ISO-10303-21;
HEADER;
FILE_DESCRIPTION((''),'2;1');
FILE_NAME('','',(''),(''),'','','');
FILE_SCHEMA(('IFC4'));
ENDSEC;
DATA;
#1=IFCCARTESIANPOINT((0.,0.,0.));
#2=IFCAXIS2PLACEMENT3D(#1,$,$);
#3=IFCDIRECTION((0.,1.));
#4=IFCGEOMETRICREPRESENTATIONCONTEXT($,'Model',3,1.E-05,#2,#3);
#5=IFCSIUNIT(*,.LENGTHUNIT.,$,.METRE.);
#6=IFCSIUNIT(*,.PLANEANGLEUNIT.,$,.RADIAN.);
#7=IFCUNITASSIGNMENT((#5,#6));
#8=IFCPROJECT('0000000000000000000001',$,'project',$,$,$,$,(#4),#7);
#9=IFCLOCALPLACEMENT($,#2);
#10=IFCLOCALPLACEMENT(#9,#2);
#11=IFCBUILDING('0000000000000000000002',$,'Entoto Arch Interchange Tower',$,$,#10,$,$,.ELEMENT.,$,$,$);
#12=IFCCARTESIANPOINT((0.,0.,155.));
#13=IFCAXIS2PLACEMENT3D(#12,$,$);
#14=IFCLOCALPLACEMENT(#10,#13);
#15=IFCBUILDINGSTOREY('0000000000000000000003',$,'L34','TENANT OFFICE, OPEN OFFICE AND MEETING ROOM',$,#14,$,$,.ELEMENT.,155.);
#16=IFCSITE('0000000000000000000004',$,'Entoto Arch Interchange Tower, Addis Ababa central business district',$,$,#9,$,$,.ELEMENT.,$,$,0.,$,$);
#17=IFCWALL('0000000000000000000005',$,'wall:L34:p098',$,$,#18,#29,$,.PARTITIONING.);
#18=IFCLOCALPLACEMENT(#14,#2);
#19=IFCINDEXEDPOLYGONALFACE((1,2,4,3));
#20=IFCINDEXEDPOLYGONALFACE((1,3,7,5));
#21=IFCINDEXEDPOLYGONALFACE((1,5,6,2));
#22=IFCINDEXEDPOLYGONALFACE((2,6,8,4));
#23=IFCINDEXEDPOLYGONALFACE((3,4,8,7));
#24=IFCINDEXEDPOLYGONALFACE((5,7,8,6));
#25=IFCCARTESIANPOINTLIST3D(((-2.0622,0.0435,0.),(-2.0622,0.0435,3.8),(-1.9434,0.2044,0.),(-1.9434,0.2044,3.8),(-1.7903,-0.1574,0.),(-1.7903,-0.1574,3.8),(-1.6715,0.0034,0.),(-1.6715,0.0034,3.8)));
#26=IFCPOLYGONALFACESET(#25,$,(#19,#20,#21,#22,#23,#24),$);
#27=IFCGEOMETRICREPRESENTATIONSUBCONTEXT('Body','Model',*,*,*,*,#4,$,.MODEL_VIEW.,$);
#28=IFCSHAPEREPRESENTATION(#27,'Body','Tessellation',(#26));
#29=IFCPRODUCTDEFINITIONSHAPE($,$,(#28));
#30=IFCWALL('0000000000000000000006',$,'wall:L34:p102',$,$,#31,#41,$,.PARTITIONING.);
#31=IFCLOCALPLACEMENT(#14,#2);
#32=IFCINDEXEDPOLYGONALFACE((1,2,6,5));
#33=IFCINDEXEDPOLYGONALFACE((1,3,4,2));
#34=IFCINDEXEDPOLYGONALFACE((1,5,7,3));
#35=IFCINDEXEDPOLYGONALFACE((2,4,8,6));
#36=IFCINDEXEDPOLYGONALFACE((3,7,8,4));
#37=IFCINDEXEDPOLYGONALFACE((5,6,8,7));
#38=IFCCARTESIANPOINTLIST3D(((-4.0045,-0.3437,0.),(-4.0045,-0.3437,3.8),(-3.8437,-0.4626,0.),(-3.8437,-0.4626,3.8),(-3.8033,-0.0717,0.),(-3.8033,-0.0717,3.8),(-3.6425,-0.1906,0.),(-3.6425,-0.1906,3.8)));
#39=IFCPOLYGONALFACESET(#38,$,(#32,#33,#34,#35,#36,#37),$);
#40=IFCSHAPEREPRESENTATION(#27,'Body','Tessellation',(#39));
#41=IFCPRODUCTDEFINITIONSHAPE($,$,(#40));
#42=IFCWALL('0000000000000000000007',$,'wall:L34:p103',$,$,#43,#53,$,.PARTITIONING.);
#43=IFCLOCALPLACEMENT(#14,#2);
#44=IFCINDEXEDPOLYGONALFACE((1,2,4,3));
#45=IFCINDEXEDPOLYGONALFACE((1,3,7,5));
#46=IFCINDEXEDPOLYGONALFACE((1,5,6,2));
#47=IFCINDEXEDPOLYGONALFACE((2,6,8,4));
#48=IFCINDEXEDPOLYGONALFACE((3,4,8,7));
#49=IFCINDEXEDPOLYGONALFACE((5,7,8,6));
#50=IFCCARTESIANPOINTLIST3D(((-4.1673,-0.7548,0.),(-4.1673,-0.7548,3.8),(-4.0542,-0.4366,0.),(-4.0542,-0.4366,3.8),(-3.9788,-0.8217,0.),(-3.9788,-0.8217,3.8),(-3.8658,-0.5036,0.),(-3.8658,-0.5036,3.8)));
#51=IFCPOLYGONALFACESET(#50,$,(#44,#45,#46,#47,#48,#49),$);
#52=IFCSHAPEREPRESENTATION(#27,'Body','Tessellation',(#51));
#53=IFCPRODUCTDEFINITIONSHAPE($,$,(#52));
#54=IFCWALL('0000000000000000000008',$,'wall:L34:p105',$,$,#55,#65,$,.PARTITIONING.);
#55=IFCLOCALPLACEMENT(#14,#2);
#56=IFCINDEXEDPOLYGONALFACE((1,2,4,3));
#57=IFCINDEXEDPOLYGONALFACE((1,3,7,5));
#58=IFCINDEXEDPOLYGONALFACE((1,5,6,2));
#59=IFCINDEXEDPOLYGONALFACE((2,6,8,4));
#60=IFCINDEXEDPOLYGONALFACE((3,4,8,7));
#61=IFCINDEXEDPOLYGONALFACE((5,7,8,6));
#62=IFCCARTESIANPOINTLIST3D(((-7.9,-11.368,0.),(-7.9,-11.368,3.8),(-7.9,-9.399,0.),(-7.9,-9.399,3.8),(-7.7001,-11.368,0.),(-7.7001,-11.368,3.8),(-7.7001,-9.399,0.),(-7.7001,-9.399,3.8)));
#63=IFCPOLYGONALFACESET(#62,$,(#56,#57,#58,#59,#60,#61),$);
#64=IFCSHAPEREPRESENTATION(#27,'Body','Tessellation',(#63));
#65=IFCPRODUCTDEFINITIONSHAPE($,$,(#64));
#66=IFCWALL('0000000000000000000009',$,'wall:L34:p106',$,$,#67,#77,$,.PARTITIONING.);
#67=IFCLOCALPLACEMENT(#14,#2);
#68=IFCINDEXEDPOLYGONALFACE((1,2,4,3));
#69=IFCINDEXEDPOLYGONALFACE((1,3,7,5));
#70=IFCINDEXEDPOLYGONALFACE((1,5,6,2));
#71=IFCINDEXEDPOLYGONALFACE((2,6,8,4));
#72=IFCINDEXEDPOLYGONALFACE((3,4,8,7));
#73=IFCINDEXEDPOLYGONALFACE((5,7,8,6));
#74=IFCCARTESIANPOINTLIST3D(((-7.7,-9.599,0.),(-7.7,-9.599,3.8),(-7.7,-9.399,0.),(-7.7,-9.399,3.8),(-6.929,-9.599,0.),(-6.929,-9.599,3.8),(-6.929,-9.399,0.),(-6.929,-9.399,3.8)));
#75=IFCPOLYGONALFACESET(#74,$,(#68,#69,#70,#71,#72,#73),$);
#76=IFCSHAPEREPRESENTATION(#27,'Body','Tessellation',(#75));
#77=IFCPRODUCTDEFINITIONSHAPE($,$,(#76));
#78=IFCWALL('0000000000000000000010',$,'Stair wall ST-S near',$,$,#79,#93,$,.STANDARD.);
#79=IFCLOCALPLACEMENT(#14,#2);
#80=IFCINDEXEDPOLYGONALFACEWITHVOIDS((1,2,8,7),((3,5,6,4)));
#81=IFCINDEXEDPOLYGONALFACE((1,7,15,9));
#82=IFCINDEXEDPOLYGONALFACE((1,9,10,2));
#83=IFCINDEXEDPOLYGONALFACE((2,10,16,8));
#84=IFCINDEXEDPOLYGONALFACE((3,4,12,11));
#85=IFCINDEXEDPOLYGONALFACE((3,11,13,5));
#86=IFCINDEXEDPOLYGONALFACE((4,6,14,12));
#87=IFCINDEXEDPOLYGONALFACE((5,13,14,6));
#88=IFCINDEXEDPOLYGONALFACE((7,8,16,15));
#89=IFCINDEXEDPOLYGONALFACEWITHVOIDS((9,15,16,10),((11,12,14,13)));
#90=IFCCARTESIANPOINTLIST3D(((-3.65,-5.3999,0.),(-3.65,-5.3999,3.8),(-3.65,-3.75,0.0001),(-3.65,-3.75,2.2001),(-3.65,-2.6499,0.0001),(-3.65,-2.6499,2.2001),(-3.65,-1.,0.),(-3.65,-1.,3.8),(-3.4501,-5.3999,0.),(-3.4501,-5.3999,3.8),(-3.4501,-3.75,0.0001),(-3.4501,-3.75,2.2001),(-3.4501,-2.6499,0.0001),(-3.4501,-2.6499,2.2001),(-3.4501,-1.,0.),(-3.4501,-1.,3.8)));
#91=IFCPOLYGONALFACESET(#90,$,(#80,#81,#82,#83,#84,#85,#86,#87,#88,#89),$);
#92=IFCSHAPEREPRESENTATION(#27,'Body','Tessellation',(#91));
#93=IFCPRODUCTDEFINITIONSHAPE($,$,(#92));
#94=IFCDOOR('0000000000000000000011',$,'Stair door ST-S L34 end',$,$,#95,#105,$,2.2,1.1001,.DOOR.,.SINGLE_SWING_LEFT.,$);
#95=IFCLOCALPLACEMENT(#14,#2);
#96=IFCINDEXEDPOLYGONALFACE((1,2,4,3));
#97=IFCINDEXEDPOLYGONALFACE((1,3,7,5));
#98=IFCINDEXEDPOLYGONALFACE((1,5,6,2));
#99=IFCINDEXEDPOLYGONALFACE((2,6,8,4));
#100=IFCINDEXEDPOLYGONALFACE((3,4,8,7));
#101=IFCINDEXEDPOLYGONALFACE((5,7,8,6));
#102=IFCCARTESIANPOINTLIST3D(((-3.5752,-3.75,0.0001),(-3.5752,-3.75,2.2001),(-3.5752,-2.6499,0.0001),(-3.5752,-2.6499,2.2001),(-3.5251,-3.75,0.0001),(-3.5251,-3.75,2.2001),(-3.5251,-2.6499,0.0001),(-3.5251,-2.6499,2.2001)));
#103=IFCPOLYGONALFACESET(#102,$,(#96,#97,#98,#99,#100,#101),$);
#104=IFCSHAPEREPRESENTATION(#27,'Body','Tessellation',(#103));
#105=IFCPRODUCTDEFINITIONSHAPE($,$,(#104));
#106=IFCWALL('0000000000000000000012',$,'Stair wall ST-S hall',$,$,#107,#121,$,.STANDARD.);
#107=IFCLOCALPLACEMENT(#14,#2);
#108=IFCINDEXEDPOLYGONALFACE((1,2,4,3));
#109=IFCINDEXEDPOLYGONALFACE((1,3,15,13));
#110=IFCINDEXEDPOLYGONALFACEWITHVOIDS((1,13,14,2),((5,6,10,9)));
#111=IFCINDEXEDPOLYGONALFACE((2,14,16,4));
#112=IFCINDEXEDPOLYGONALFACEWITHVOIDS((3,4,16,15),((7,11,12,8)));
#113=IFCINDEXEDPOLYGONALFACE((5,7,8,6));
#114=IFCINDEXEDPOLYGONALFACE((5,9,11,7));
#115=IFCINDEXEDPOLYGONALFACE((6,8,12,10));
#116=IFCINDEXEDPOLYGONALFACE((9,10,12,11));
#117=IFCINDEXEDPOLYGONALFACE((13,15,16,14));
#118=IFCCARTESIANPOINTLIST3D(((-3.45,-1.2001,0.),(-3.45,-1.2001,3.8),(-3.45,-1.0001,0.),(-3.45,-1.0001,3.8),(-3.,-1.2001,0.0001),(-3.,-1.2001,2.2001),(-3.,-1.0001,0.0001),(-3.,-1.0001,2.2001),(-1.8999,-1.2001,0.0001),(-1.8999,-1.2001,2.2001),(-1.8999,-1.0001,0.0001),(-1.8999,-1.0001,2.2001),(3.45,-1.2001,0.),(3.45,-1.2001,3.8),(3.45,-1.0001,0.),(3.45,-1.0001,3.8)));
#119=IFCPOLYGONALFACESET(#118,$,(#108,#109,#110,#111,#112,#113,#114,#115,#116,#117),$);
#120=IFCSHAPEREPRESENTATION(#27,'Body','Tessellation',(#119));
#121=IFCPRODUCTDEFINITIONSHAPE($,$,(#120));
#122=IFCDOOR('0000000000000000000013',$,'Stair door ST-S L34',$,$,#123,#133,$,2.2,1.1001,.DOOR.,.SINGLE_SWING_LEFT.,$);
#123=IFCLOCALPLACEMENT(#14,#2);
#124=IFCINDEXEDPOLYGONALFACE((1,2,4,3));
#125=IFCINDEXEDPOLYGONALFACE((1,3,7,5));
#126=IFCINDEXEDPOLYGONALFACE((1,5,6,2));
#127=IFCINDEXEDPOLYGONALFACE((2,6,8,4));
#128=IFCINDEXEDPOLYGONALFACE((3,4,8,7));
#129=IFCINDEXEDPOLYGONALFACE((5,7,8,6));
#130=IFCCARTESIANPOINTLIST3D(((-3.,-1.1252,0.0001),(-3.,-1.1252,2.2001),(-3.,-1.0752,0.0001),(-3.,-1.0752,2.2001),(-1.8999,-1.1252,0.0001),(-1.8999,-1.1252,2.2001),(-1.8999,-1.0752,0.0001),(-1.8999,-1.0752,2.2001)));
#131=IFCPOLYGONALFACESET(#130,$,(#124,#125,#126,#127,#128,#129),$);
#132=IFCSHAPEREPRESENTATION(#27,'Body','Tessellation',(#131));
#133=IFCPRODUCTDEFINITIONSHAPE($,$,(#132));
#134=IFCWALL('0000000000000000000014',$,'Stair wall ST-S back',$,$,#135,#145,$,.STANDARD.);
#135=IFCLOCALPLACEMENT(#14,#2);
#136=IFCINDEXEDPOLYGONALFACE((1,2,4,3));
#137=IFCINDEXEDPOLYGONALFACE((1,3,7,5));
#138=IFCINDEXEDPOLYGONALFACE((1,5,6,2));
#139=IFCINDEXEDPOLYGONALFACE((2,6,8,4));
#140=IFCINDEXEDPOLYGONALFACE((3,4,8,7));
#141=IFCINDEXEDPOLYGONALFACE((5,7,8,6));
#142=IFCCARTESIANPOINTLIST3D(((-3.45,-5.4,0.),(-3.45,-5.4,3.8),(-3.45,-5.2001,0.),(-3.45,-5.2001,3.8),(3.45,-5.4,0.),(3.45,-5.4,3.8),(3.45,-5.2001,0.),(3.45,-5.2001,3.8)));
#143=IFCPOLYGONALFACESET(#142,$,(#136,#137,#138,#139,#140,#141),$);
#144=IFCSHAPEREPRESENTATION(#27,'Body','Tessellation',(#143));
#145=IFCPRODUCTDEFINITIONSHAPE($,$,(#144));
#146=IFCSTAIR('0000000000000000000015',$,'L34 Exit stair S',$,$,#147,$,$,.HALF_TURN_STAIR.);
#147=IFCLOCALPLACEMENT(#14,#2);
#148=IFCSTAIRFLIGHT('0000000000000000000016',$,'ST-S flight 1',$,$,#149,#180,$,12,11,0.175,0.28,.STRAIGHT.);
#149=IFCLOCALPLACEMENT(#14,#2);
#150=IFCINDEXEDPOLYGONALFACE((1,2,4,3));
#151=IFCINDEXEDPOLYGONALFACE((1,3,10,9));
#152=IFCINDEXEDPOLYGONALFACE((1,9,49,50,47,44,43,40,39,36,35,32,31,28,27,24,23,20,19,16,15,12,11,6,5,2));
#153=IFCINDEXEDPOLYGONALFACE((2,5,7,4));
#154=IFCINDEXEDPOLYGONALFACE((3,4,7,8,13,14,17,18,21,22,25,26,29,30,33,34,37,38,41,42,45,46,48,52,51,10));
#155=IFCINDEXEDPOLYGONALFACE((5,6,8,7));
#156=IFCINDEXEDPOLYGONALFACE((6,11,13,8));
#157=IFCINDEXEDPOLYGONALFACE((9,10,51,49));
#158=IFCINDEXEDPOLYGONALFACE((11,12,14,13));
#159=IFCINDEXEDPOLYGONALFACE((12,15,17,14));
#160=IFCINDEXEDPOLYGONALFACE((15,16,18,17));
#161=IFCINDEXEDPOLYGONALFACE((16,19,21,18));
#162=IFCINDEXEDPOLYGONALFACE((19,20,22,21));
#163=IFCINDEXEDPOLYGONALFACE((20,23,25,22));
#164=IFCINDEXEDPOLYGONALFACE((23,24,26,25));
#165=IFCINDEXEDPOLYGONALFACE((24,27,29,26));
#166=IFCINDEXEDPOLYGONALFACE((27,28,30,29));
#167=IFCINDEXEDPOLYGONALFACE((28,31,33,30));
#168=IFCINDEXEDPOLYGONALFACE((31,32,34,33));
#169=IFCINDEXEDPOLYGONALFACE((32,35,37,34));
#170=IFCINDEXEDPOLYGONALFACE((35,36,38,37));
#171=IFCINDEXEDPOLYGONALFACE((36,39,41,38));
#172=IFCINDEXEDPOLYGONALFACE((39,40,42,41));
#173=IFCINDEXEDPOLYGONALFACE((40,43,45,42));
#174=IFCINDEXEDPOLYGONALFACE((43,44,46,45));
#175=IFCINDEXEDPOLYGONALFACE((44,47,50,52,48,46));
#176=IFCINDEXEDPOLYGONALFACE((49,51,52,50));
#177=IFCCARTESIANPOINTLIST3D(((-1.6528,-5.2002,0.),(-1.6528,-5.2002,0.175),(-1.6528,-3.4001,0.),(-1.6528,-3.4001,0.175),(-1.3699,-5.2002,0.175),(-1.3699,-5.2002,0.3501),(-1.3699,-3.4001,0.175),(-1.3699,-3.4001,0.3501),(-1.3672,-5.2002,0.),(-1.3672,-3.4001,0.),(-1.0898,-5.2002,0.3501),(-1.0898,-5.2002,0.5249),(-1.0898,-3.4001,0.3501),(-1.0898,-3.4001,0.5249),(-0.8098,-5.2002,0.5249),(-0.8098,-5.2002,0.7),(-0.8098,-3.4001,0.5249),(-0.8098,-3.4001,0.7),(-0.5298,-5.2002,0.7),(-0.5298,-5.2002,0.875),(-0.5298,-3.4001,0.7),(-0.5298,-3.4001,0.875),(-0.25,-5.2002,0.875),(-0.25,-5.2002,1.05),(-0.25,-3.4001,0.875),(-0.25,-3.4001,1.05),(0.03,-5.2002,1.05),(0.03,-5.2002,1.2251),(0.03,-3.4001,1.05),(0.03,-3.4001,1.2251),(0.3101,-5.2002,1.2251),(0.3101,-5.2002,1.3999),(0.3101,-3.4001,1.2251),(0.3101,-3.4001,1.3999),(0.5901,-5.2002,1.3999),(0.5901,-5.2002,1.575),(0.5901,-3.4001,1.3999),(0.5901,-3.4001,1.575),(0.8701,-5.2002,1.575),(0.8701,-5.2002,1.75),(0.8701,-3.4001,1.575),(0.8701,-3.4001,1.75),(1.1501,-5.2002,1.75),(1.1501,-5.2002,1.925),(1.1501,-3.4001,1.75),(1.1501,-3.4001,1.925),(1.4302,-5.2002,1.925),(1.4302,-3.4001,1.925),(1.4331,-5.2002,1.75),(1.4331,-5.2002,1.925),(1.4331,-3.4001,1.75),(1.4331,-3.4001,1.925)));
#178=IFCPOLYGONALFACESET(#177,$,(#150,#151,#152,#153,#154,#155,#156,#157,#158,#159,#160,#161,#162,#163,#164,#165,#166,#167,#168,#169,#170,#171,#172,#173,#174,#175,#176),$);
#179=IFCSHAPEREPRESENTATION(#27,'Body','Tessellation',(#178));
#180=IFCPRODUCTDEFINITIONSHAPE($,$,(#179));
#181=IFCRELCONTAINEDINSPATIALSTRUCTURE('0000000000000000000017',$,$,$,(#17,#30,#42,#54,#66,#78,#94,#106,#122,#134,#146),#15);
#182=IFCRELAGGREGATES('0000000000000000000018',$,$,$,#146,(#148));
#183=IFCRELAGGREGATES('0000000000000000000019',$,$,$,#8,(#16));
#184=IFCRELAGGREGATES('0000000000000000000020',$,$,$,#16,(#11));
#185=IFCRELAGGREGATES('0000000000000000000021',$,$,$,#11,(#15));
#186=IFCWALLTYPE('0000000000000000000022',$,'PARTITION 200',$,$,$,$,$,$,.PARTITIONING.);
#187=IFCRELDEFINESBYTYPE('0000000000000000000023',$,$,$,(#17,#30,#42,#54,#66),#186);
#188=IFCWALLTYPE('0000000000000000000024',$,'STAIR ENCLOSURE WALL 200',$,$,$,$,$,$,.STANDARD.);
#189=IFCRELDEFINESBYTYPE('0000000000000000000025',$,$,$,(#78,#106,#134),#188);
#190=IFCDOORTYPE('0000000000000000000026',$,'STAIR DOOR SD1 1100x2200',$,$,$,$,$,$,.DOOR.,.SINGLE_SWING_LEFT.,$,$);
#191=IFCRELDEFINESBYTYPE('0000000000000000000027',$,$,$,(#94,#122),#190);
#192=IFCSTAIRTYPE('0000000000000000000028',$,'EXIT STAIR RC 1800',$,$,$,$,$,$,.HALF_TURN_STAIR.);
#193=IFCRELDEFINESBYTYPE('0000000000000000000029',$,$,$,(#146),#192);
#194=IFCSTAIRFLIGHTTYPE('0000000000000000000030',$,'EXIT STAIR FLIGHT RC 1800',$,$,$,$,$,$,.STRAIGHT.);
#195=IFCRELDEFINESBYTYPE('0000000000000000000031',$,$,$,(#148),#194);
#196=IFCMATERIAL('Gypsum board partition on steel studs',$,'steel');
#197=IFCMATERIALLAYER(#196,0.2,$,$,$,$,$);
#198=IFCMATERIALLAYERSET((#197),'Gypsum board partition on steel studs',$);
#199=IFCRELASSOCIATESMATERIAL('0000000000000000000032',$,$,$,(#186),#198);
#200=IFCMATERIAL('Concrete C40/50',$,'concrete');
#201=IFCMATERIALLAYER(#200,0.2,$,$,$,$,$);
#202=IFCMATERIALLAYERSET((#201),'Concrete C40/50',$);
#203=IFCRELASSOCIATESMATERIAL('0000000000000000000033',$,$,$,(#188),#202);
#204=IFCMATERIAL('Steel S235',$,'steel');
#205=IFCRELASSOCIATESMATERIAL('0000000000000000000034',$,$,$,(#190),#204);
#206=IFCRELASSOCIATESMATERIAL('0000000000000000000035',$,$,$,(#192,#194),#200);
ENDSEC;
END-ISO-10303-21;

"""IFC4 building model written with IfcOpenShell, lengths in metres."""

from ifc_helpers import new_model, si_unit, direction, frame, frame_2d, origin, place, context, subcontext, project, spatial, polyline, rectangle, outline, extrude, material, layer, layer_set, type_object, element, fill, aggregate, save


model = new_model("IFC4")

# Units and contexts
model_context = context("Model", 3, precision=1e-05, world=origin(), true_north=direction((0.0, 1.0)))
body_context = subcontext(model_context, "Body", "Model", "MODEL_VIEW")
ifc_project = project(units=[si_unit("LENGTHUNIT", "METRE"), si_unit("PLANEANGLEUNIT", "RADIAN")], contexts=[model_context])

# Site, building, storey
site_placement = place(None, origin())
site = spatial("IfcSite", under=ifc_project, at=site_placement, Name="Entoto Arch Interchange Tower, Addis Ababa central business district", CompositionType="ELEMENT", RefElevation=0.0)
building_placement = place(site_placement, origin())
building = spatial("IfcBuilding", under=site, at=building_placement, Name="Entoto Arch Interchange Tower", CompositionType="ELEMENT")
storey_placement = place(building_placement, frame((0.0, 0.0, 155.0)))
storey = spatial("IfcBuildingStorey", under=building, at=storey_placement, Name="L34", Description="TENANT OFFICE, OPEN OFFICE AND MEETING ROOM", CompositionType="ELEMENT", Elevation=155.0)

# Shared definitions
ifc_material_1 = material(Name="Concrete C40/50", Category="concrete")
ifc_material_2 = material(Name="Gypsum board partition on steel studs", Category="steel")
ifc_layer_1 = layer(ifc_material_2, 0.2)
ifc_layer_set_1 = layer_set([ifc_layer_1], Name="Gypsum board partition on steel studs")
wall_type_1 = type_object("IfcWallType", Name="PARTITION 200", PredefinedType="PARTITIONING", material=ifc_layer_set_1)

# Walls
wall_1_placement = place(storey_placement, frame((-1.731, -0.0769, 0.0), z_axis=(0.0, 0.0, 1.0), x_axis=(-0.804311, 0.594208, 0.0)))
element("IfcWall", 1, at=wall_1_placement, inside=storey, type_object=wall_type_1, Name="wall:L34:p098", PredefinedType="PARTITIONING", context=body_context, shape_type="SweptSolid", body=[
    extrude(rectangle(XDim=0.3381, YDim=0.2, at=frame_2d((0.1689, 0.0))), origin(), (0.0, 0.0, 1.0), 3.8),
])
wall_2_placement = place(storey_placement, frame((-3.7229, -0.1311, 0.0), z_axis=(0.0, 0.0, 1.0), x_axis=(-0.594675, -0.803966, 0.0)))
element("IfcWall", 2, at=wall_2_placement, inside=storey, type_object=wall_type_1, Name="wall:L34:p102", PredefinedType="PARTITIONING", context=body_context, shape_type="SweptSolid", body=[
    extrude(rectangle(XDim=0.3384, YDim=0.2, at=frame_2d((0.1692, 0.0))), origin(), (0.0, 0.0, 1.0), 3.8),
])
wall_3_placement = place(storey_placement, frame((-3.96, -0.47, 0.0), z_axis=(0.0, 0.0, 1.0), x_axis=(-0.334824, -0.942281, 0.0)))
element("IfcWall", 3, at=wall_3_placement, inside=storey, type_object=wall_type_1, Name="wall:L34:p103", PredefinedType="PARTITIONING", context=body_context, shape_type="SweptSolid", body=[
    extrude(rectangle(XDim=0.3376, YDim=0.2, at=frame_2d((0.1689, 0.0))), origin(), (0.0, 0.0, 1.0), 3.8),
])
wall_4_placement = place(storey_placement, frame((-7.8, -11.3679, 0.0), z_axis=(0.0, 0.0, 1.0), x_axis=(0.0, 1.0, 0.0)))
element("IfcWall", 4, at=wall_4_placement, inside=storey, type_object=wall_type_1, Name="wall:L34:p105", PredefinedType="PARTITIONING", context=body_context, shape_type="SweptSolid", body=[
    extrude(rectangle(XDim=1.969, YDim=0.2, at=frame_2d((0.9844, 0.0))), origin(), (0.0, 0.0, 1.0), 3.8),
])
wall_5_placement = place(storey_placement, frame((-7.7, -9.499, 0.0), z_axis=(0.0, 0.0, 1.0), x_axis=(1.0, 0.0, 0.0)))
element("IfcWall", 5, at=wall_5_placement, inside=storey, type_object=wall_type_1, Name="wall:L34:p106", PredefinedType="PARTITIONING", context=body_context, shape_type="SweptSolid", body=[
    extrude(rectangle(XDim=0.771, YDim=0.2, at=frame_2d((0.3855, 0.0))), origin(), (0.0, 0.0, 1.0), 3.8),
])

# Walls, openings, doors
ifc_layer_2 = layer(ifc_material_1, 0.2)
ifc_layer_set_2 = layer_set([ifc_layer_2], Name="Concrete C40/50")
wall_type_2 = type_object("IfcWallType", Name="STAIR ENCLOSURE WALL 200", PredefinedType="STANDARD", material=ifc_layer_set_2)
wall_6_placement = place(storey_placement, frame((-3.55, -1.0, 0.0), z_axis=(0.0, 0.0, 1.0), x_axis=(0.0, -1.0, 0.0)))
wall_6 = element("IfcWall", 6, at=wall_6_placement, inside=storey, type_object=wall_type_2, Name="Stair wall ST-S near", PredefinedType="STANDARD", context=body_context, shape_type="SweptSolid", body=[
    extrude(rectangle(XDim=4.3999, YDim=0.2, at=frame_2d((2.2, 0.0))), origin(), (0.0, 0.0, 1.0), 3.8),
])
opening_1_placement = place(wall_6_placement, frame((1.6499, 0.0, 0.0)))
opening_1 = element("IfcOpeningElement", 7, at=opening_1_placement, cuts=wall_6, PredefinedType="OPENING", context=body_context, shape_type="SweptSolid", body=[
    extrude(rectangle(XDim=1.1001, YDim=2.2, at=frame_2d((0.55, 1.1001))), frame((0.0, 0.1099, 0.0), z_axis=(0.0, -1.0, 0.0), x_axis=(1.0, 0.0, 0.0)), (0.0, 0.0, 1.0), 0.22),
])
ifc_material_3 = material(Name="Steel S235", Category="steel")
door_type_1 = type_object("IfcDoorType", Name="STAIR DOOR SD1 1100x2200", OperationType="SINGLE_SWING_LEFT", PredefinedType="DOOR", material=ifc_material_3)
door_1_placement = place(opening_1_placement, origin())
door_1 = element("IfcDoor", 8, at=door_1_placement, inside=storey, type_object=door_type_1, Name="Stair door ST-S L34 end", OperationType="SINGLE_SWING_LEFT", OverallHeight=2.2, OverallWidth=1.1001, PredefinedType="DOOR", context=body_context, shape_type="SweptSolid", body=[
    extrude(rectangle(XDim=1.1001, YDim=2.2, at=frame_2d((0.55, 1.1001))), frame((0.0, 0.0249, 0.0), z_axis=(0.0, -1.0, 0.0), x_axis=(1.0, 0.0, 0.0)), (0.0, 0.0, 1.0), 0.05),
])
fill(opening_1, door_1)
wall_7_placement = place(storey_placement, frame((-3.45, -1.1001, 0.0), z_axis=(0.0, 0.0, 1.0), x_axis=(1.0, 0.0, 0.0)))
wall_7 = element("IfcWall", 9, at=wall_7_placement, inside=storey, type_object=wall_type_2, Name="Stair wall ST-S hall", PredefinedType="STANDARD", context=body_context, shape_type="SweptSolid", body=[
    extrude(rectangle(XDim=6.8999, YDim=0.2, at=frame_2d((3.45, 0.0))), origin(), (0.0, 0.0, 1.0), 3.8),
])
opening_2_placement = place(wall_7_placement, frame((0.45, 0.0, 0.0)))
opening_2 = element("IfcOpeningElement", 10, at=opening_2_placement, cuts=wall_7, PredefinedType="OPENING", context=body_context, shape_type="SweptSolid", body=[
    extrude(rectangle(XDim=1.1001, YDim=2.2, at=frame_2d((0.55, 1.1001))), frame((0.0, 0.1099, 0.0), z_axis=(0.0, -1.0, 0.0), x_axis=(1.0, 0.0, 0.0)), (0.0, 0.0, 1.0), 0.22),
])
door_2_placement = place(opening_2_placement, origin())
door_2 = element("IfcDoor", 11, at=door_2_placement, inside=storey, type_object=door_type_1, Name="Stair door ST-S L34", OperationType="SINGLE_SWING_LEFT", OverallHeight=2.2, OverallWidth=1.1001, PredefinedType="DOOR", context=body_context, shape_type="SweptSolid", body=[
    extrude(rectangle(XDim=1.1001, YDim=2.2, at=frame_2d((0.55, 1.1001))), frame((0.0, 0.0249, 0.0), z_axis=(0.0, -1.0, 0.0), x_axis=(1.0, 0.0, 0.0)), (0.0, 0.0, 1.0), 0.05),
])
fill(opening_2, door_2)

# Wall
wall_8_placement = place(storey_placement, frame((-3.45, -5.3, 0.0), z_axis=(0.0, 0.0, 1.0), x_axis=(1.0, 0.0, 0.0)))
element("IfcWall", 12, at=wall_8_placement, inside=storey, type_object=wall_type_2, Name="Stair wall ST-S back", PredefinedType="STANDARD", context=body_context, shape_type="SweptSolid", body=[
    extrude(rectangle(XDim=6.8999, YDim=0.2, at=frame_2d((3.45, 0.0))), origin(), (0.0, 0.0, 1.0), 3.8),
])

# Stair, stair flight
stair_type = type_object("IfcStairType", Name="EXIT STAIR RC 1800", PredefinedType="HALF_TURN_STAIR", material=ifc_material_1)
stair_placement = place(storey_placement, origin())
stair = element("IfcStair", 13, at=stair_placement, inside=storey, type_object=stair_type, Name="L34 Exit stair S", PredefinedType="HALF_TURN_STAIR")
stair_flight_type = type_object("IfcStairFlightType", Name="EXIT STAIR FLIGHT RC 1800", PredefinedType="STRAIGHT", material=ifc_material_1)
stair_flight_placement = place(storey_placement, frame((-1.6499, -4.3, 0.0), z_axis=(0.0, 0.0, 1.0), x_axis=(1.0, 0.0, 0.0)))
stair_flight = element("IfcStairFlight", 14, at=stair_flight_placement, type_object=stair_flight_type, Name="ST-S flight 1", NumberOfRisers=12, NumberOfTreads=11, PredefinedType="STRAIGHT", RiserHeight=0.175, TreadLength=0.28, context=body_context, shape_type="SweptSolid", body=[
    extrude(outline(polyline([(-0.0029, 0.0), (-0.0029, 0.175), (0.28, 0.175), (0.28, 0.3501), (0.5601, 0.3501), (0.5601, 0.5249), (0.8401, 0.5249), (0.8401, 0.7), (1.1201, 0.7), (1.1201, 0.875), (1.3999, 0.875), (1.3999, 1.05), (1.6799, 1.05), (1.6799, 1.2251), (1.96, 1.2251), (1.96, 1.3999), (2.24, 1.3999), (2.24, 1.575), (2.52, 1.575), (2.52, 1.75), (2.8, 1.75), (2.8, 1.925), (3.0801, 1.925), (3.083, 1.925), (3.083, 1.75), (0.2827, 0.0), (-0.0029, 0.0)])), frame((0.0, 0.8999, 0.0), z_axis=(0.0, -1.0, 0.0), x_axis=(1.0, 0.0, 0.0)), (0.0, 0.0, 1.0), 1.8),
])
aggregate(stair, [stair_flight])

save(model, "model.ifc")
